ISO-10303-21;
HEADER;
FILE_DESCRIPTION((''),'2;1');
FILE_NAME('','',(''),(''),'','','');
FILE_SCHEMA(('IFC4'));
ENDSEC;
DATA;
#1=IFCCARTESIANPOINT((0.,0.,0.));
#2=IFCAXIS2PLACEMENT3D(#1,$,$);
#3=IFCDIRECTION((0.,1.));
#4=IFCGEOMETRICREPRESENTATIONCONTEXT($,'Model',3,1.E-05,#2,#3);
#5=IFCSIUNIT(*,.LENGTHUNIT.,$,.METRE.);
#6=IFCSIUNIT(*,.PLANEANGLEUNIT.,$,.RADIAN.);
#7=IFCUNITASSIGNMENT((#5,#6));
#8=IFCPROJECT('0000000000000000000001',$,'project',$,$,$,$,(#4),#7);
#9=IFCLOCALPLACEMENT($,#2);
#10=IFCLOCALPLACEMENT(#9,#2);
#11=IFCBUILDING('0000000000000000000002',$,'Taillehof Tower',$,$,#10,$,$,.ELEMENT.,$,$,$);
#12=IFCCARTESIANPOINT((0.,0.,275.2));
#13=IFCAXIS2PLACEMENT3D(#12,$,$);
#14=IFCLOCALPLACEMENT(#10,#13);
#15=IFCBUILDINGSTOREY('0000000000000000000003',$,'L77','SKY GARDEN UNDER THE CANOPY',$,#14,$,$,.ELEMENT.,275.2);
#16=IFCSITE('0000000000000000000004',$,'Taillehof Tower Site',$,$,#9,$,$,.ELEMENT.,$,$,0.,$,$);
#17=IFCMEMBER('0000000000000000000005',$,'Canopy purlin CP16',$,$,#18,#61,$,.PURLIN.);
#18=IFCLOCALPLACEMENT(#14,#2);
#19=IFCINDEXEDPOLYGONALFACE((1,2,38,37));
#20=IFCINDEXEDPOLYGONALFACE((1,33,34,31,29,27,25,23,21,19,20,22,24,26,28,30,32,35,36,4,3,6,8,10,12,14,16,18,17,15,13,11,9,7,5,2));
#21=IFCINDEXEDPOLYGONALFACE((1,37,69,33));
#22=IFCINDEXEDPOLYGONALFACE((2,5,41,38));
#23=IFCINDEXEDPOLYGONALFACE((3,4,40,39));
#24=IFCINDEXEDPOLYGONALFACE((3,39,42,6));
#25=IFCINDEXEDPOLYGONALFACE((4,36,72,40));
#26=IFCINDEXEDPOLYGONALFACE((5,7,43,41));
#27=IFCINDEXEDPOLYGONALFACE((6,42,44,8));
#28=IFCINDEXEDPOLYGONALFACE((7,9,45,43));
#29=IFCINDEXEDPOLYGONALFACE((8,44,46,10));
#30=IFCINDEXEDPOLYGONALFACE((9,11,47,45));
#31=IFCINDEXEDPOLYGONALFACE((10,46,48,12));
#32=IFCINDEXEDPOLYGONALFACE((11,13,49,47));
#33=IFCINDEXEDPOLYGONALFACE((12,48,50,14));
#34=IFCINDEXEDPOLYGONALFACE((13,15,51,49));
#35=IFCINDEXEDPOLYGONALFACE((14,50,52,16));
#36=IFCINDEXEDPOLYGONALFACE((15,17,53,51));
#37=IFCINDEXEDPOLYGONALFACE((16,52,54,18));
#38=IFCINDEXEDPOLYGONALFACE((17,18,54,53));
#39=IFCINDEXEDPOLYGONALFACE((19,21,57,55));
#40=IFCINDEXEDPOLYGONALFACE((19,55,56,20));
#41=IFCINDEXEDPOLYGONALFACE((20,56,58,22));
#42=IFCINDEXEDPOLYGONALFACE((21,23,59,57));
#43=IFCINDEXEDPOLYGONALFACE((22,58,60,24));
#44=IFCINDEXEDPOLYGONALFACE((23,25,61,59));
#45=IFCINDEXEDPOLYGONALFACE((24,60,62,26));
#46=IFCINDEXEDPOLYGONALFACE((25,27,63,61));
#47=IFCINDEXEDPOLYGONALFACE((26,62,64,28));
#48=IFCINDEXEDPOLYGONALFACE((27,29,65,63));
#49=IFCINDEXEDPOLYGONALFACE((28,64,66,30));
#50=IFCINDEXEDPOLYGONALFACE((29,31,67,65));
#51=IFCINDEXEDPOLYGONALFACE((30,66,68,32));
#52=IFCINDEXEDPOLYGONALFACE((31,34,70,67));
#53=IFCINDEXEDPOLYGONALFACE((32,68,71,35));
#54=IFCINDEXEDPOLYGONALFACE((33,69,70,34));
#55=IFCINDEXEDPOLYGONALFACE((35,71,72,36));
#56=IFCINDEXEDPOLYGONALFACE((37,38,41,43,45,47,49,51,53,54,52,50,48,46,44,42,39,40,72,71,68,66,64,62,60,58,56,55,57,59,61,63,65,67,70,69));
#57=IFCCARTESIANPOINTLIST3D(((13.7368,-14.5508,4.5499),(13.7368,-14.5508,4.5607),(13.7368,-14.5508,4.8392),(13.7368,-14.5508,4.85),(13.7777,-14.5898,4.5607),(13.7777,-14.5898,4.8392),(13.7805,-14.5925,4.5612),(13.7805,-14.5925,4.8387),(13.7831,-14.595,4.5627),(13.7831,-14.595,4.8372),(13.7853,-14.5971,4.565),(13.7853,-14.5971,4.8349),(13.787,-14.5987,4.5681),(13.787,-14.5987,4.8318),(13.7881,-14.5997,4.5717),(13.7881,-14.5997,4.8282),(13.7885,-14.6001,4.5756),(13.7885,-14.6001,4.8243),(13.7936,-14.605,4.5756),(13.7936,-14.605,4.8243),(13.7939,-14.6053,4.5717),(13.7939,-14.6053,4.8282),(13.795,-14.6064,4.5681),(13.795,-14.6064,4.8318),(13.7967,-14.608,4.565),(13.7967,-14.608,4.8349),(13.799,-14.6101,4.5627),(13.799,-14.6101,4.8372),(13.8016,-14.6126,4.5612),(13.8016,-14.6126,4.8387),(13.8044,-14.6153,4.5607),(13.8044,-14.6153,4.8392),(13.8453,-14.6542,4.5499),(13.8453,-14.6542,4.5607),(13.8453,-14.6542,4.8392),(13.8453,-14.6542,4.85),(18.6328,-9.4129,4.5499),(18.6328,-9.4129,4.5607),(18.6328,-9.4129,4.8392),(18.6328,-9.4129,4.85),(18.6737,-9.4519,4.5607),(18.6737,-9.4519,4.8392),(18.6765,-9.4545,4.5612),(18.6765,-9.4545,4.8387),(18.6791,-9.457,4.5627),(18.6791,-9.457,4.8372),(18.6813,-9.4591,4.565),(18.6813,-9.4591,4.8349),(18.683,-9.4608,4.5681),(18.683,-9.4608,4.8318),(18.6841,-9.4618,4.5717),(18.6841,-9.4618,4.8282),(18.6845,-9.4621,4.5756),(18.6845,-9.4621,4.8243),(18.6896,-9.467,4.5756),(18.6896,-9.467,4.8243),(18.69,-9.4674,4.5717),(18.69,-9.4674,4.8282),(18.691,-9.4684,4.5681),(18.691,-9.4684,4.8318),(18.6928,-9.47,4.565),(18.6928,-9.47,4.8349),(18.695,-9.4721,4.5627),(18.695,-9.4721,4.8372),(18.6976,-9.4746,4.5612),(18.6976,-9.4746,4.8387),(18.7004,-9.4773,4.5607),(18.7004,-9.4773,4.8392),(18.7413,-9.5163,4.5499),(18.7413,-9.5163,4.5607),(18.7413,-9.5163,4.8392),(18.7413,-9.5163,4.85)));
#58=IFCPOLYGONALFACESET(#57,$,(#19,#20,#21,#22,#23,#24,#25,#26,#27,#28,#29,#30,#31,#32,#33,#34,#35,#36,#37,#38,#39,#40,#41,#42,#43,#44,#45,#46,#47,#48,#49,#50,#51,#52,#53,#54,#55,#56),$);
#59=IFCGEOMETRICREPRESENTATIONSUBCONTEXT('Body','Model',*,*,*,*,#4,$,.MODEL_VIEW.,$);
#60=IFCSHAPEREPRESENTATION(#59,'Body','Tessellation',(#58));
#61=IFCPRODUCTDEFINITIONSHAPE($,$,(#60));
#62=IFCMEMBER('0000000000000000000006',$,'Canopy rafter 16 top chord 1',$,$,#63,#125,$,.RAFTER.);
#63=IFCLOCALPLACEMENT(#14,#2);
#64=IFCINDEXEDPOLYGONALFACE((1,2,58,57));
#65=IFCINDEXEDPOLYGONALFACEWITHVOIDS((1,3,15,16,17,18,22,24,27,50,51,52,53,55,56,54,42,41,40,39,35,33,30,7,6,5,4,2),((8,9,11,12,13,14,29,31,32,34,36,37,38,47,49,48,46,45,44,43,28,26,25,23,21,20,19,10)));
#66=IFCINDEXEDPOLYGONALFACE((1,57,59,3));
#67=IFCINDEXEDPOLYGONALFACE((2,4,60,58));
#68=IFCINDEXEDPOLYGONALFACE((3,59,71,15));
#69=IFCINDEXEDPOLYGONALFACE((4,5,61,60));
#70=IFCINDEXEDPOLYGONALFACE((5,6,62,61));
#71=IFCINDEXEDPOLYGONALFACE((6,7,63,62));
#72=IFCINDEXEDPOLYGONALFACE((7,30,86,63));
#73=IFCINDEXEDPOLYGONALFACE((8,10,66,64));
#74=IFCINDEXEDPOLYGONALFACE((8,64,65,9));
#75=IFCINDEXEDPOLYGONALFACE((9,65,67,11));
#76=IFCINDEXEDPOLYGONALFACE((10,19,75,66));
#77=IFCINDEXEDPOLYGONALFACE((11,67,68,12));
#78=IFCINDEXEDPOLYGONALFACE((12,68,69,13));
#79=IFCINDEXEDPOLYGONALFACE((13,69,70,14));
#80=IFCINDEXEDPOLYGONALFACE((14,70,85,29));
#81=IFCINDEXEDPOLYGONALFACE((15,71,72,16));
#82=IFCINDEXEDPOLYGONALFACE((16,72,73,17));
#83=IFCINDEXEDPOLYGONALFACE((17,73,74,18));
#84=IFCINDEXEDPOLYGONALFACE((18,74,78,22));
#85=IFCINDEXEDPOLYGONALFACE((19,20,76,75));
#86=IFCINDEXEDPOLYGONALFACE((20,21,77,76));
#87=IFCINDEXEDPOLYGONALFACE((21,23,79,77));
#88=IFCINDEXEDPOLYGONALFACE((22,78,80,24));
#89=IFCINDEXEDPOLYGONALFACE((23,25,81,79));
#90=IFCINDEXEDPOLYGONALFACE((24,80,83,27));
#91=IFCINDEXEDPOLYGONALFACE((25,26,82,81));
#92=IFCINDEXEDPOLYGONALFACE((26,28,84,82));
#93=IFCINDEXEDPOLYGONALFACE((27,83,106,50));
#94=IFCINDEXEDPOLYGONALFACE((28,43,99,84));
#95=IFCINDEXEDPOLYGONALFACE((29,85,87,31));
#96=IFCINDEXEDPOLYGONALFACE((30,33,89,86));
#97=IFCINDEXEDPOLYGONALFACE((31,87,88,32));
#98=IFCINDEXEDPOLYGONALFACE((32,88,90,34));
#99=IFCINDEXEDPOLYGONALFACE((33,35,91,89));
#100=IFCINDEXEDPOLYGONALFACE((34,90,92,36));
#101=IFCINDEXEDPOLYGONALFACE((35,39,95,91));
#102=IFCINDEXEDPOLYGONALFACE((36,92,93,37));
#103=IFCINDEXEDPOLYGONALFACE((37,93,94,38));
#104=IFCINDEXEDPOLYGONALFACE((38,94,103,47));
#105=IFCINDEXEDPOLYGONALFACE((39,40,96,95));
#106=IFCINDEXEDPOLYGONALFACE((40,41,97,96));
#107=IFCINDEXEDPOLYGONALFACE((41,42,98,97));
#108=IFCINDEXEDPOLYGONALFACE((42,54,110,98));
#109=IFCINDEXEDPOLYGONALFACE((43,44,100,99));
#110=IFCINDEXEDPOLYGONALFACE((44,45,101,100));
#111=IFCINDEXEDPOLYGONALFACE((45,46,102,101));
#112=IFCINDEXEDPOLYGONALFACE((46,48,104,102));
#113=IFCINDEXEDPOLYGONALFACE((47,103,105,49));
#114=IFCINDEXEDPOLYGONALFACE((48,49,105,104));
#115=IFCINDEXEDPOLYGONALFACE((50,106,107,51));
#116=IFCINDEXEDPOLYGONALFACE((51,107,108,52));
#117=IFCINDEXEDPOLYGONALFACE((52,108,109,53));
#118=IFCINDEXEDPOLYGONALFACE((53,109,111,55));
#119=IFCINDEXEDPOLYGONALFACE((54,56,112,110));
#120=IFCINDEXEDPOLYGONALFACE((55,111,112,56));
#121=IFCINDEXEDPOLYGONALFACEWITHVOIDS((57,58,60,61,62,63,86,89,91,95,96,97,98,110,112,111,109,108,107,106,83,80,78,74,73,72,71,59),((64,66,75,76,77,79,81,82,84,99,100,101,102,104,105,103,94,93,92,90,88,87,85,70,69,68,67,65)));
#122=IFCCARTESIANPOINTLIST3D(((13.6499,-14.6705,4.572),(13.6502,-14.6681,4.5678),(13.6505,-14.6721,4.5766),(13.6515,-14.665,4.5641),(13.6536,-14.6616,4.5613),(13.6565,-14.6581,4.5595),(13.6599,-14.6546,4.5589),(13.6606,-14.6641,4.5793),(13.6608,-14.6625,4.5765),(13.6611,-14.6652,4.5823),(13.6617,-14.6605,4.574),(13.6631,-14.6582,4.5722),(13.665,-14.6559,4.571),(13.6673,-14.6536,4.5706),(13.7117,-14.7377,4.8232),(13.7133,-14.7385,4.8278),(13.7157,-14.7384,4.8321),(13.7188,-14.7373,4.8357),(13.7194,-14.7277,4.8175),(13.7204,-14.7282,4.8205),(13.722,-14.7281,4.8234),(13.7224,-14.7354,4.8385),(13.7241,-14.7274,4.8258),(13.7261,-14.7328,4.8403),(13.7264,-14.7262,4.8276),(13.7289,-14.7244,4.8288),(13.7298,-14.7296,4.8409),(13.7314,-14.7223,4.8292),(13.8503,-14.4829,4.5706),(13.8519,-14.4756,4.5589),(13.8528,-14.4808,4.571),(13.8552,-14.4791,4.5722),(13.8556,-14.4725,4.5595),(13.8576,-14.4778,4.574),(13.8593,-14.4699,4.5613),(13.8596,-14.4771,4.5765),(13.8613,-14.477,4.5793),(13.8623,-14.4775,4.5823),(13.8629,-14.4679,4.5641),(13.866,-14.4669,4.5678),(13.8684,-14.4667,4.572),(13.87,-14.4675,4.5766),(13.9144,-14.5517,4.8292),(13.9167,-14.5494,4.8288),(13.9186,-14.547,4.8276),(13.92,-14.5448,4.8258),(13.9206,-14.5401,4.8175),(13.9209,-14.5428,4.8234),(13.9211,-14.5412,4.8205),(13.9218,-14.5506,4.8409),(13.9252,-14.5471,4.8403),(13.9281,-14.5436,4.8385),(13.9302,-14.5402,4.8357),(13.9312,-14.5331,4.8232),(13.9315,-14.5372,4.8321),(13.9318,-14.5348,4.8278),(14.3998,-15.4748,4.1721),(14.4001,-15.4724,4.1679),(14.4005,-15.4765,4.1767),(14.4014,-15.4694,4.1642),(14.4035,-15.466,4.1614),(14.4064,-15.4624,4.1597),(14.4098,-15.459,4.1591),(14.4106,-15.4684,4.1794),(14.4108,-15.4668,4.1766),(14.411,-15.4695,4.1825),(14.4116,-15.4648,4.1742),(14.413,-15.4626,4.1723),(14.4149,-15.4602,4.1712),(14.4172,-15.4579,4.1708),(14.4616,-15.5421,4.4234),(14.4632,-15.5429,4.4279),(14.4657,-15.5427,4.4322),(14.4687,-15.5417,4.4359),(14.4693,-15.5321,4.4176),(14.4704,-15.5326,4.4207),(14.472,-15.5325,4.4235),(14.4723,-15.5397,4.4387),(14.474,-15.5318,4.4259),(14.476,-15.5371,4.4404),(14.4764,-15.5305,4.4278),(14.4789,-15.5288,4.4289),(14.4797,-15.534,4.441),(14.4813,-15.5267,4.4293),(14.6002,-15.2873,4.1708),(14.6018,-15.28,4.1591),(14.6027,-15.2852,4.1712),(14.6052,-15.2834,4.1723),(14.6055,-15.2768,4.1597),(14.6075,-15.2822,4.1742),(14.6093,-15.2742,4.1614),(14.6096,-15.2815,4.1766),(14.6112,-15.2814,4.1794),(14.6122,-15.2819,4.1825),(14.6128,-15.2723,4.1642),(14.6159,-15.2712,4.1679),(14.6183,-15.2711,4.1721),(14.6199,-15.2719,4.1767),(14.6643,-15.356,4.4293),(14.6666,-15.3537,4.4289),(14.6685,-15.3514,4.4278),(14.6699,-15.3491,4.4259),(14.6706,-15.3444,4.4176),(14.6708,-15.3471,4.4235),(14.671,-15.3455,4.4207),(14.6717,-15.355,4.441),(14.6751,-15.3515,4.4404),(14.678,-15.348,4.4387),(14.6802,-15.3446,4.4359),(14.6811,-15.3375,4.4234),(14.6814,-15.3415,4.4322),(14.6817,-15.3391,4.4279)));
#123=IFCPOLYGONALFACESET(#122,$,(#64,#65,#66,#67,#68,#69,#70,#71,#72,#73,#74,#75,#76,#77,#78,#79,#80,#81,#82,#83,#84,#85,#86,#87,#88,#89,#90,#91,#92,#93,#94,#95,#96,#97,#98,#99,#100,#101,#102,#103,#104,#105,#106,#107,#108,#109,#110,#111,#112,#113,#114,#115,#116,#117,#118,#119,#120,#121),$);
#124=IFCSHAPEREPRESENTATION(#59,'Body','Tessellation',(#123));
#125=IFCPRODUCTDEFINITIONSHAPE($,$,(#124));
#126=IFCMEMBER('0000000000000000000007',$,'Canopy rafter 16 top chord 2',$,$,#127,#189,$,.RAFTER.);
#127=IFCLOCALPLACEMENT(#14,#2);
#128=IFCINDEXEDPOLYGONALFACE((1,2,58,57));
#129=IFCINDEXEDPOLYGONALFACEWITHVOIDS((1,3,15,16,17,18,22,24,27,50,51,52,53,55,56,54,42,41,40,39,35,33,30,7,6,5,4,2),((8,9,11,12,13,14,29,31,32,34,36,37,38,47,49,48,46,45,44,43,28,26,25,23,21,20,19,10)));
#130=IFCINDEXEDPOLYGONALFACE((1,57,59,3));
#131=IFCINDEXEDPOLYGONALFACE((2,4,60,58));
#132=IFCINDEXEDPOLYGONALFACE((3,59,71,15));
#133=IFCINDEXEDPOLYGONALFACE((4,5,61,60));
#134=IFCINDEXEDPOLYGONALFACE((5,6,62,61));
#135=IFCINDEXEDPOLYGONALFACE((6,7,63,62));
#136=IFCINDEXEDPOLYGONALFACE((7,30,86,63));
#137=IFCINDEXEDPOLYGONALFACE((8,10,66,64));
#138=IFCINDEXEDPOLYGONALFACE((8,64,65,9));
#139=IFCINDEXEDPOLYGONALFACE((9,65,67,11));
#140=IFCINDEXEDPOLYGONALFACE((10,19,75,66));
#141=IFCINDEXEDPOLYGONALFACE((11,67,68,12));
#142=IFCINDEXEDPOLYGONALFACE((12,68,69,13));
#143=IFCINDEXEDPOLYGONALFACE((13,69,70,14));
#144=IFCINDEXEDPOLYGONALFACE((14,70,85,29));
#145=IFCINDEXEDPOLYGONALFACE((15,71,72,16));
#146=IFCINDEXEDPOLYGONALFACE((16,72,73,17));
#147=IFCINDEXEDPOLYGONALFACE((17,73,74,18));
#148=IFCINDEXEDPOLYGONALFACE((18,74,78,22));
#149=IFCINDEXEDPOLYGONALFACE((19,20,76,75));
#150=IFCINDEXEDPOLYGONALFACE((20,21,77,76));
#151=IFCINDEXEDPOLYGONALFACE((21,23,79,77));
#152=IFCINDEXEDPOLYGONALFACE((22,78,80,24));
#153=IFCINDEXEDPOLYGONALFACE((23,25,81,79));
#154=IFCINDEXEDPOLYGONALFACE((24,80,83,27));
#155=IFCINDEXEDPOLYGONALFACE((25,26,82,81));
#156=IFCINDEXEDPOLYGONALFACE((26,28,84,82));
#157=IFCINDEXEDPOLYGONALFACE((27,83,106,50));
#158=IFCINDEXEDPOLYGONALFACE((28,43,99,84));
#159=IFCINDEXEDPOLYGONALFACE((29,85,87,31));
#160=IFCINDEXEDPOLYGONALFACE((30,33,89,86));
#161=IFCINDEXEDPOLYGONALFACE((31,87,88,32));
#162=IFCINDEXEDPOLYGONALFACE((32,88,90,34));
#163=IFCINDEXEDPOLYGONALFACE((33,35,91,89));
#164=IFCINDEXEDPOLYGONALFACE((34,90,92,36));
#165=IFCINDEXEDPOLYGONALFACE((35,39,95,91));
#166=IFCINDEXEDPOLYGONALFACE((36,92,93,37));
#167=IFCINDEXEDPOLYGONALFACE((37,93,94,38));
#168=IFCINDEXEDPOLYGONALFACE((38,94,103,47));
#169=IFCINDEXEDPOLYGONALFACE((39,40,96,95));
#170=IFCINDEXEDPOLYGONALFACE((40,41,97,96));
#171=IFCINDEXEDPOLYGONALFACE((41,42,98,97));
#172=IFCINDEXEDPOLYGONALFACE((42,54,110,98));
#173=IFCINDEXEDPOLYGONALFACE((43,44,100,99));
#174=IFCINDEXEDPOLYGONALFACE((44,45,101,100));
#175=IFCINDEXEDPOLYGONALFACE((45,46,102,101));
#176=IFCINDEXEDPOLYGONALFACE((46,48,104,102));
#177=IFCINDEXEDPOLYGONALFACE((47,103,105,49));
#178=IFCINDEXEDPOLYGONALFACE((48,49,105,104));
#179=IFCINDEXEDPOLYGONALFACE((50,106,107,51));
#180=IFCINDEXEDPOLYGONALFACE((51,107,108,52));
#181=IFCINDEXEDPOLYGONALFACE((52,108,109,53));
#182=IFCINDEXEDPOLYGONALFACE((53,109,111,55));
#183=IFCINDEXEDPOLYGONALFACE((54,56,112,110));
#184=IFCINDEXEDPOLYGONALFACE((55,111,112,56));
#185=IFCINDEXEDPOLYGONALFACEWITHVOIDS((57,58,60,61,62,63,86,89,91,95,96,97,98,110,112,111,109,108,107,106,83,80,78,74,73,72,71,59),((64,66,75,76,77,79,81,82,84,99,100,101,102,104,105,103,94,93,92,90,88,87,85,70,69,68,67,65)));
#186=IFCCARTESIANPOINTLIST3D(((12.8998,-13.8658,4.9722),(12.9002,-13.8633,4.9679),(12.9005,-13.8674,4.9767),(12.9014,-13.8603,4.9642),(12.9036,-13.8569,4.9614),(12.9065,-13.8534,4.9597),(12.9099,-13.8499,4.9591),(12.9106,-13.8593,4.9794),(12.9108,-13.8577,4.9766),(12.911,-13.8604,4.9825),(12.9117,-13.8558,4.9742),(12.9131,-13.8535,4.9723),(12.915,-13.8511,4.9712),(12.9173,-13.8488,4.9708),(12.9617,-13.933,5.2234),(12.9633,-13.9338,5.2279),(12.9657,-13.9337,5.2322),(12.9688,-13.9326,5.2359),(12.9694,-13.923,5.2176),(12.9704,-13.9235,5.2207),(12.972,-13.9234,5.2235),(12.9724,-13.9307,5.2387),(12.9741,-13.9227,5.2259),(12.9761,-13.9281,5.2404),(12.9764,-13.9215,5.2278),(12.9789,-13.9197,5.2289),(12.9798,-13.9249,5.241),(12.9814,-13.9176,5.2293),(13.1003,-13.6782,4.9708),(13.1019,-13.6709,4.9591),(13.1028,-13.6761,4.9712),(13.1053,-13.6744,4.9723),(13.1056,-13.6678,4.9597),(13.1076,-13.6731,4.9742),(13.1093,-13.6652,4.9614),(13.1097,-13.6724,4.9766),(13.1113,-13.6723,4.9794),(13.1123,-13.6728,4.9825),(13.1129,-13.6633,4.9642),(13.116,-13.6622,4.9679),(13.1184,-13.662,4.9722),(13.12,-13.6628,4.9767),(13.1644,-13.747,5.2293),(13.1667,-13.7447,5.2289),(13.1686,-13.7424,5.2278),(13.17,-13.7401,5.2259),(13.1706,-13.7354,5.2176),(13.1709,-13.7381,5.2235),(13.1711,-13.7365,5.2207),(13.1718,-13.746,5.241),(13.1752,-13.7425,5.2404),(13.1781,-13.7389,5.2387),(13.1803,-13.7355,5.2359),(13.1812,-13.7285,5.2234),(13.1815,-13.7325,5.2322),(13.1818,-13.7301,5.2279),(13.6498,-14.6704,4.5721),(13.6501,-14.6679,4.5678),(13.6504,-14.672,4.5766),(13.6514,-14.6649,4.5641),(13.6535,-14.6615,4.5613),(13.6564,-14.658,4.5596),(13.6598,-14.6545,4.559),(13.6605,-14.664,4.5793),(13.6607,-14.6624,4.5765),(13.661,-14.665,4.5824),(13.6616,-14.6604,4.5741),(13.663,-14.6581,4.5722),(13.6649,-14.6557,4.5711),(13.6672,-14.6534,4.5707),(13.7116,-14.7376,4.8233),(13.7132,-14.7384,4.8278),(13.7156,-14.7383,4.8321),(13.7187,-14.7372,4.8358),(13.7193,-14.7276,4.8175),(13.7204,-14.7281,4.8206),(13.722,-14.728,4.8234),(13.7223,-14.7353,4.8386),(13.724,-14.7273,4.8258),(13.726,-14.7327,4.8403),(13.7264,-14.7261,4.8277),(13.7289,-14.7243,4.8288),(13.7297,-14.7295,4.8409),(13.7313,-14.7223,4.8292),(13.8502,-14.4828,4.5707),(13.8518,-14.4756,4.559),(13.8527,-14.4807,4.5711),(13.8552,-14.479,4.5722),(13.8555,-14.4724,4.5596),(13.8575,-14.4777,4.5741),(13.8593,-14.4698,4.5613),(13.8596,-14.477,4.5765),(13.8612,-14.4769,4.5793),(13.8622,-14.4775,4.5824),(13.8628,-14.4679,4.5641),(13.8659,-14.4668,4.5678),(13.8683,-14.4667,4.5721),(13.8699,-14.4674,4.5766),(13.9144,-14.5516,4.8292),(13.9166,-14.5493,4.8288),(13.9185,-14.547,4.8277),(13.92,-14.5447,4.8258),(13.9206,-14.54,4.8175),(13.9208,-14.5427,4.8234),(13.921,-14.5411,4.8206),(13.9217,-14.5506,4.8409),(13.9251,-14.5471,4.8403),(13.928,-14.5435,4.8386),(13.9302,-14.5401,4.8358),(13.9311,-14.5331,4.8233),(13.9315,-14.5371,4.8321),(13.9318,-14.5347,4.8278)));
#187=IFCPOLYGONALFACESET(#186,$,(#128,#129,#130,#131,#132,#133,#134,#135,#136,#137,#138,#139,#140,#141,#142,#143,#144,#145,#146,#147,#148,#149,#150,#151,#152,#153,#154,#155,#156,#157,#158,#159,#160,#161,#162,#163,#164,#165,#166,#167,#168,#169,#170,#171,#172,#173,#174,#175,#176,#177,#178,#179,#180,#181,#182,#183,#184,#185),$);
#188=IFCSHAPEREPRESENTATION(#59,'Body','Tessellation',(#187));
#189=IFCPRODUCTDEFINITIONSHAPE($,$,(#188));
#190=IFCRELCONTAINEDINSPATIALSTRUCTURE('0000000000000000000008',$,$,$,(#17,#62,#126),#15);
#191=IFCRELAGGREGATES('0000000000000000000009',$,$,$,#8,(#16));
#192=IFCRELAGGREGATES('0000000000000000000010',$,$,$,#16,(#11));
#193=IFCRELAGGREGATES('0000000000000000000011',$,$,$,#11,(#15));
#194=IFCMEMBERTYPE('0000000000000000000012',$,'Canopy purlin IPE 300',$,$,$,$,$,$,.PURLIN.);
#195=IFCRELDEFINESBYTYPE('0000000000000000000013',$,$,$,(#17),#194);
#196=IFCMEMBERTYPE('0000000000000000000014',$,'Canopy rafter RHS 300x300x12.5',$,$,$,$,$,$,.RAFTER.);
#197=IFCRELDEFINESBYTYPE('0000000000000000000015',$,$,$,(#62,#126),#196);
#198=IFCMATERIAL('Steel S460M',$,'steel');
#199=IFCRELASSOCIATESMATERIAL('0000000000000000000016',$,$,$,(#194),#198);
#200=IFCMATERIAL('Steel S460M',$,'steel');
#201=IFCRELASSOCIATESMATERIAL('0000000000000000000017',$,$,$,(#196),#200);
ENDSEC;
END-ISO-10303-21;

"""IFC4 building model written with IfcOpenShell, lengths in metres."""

from ifc_helpers import new_model, si_unit, direction, frame, origin, origin_2d, place, context, subcontext, project, spatial, hollow_rectangle, i_section, extrude, material, material_profile, profile_set, type_object, element, save


model = new_model("IFC4")

# Units and contexts
model_context = context("Model", 3, precision=1e-05, world=origin(), true_north=direction((0.0, 1.0)))
body_context = subcontext(model_context, "Body", "Model", "MODEL_VIEW")
ifc_project = project(units=[si_unit("LENGTHUNIT", "METRE"), si_unit("PLANEANGLEUNIT", "RADIAN")], contexts=[model_context])

# Site, building, storey
site_placement = place(None, origin())
site = spatial("IfcSite", under=ifc_project, at=site_placement, Name="Taillehof Tower Site", CompositionType="ELEMENT", RefElevation=0.0)
building_placement = place(site_placement, origin())
building = spatial("IfcBuilding", under=site, at=building_placement, Name="Taillehof Tower", CompositionType="ELEMENT")
storey_placement = place(building_placement, frame((0.0, 0.0, 275.2)))
storey = spatial("IfcBuildingStorey", under=building, at=storey_placement, Name="L77", Description="SKY GARDEN UNDER THE CANOPY", CompositionType="ELEMENT", Elevation=275.2)

# Members
ifc_material_1 = material(Name="Steel S460M", Category="steel")
ifc_material_profile_1 = material_profile(ifc_material_1, i_section(OverallWidth=0.1499, OverallDepth=0.3, WebThickness=0.0071, FlangeThickness=0.0107, FilletRadius=0.0149, at=origin_2d()), Name="IPE 300")
ifc_profile_set_1 = profile_set([ifc_material_profile_1], Name="Steel S460M")
member_type_1 = type_object("IfcMemberType", Name="Canopy purlin IPE 300", PredefinedType="PURLIN", material=ifc_profile_set_1)
member_1_placement = place(storey_placement, frame((13.791, -14.6025, 4.7), z_axis=(0.689856, 0.723946, 0.0), x_axis=(-0.723946, 0.689856, 0.0)))
element("IfcMember", 1, at=member_1_placement, inside=storey, type_object=member_type_1, Name="Canopy purlin CP16", PredefinedType="PURLIN", context=body_context, shape_type="SweptSolid", body=[
    extrude(i_section(OverallWidth=0.1499, OverallDepth=0.3, WebThickness=0.0071, FlangeThickness=0.0107, FilletRadius=0.0149, at=origin_2d()), origin(), (0.0, 0.0, 1.0), 7.0972),
])
ifc_material_2 = material(Name="Steel S460M", Category="steel")
ifc_material_profile_2 = material_profile(ifc_material_2, hollow_rectangle(XDim=0.3, YDim=0.3, WallThickness=0.0125, InnerFilletRadius=0.0125, OuterFilletRadius=0.0188, at=origin_2d()), Name="RHS 300x300x12.5")
ifc_profile_set_2 = profile_set([ifc_material_profile_2], Name="Steel S460M")
member_type_2 = type_object("IfcMemberType", Name="Canopy rafter RHS 300x300x12.5", PredefinedType="RAFTER", material=ifc_profile_set_2)
member_2_placement = place(storey_placement, frame((14.5408, -15.407, 4.3), z_axis=(-0.640873, 0.687395, 0.341716), x_axis=(-0.731424, -0.681923, 0.0)))
element("IfcMember", 2, at=member_2_placement, inside=storey, type_object=member_type_2, Name="Canopy rafter 16 top chord 1", PredefinedType="RAFTER", context=body_context, shape_type="SweptSolid", body=[
    extrude(hollow_rectangle(XDim=0.3, YDim=0.3, WallThickness=0.0125, InnerFilletRadius=0.0125, OuterFilletRadius=0.0188, at=origin_2d()), origin(), (0.0, 0.0, 1.0), 1.1702),
])
member_3_placement = place(storey_placement, frame((13.7908, -14.6025, 4.7), z_axis=(-0.640736, 0.687456, 0.341851), x_axis=(-0.731527, -0.681812, 0.0)))
element("IfcMember", 3, at=member_3_placement, inside=storey, type_object=member_type_2, Name="Canopy rafter 16 top chord 2", PredefinedType="RAFTER", context=body_context, shape_type="SweptSolid", body=[
    extrude(hollow_rectangle(XDim=0.3, YDim=0.3, WallThickness=0.0125, InnerFilletRadius=0.0125, OuterFilletRadius=0.0188, at=origin_2d()), origin(), (0.0, 0.0, 1.0), 1.1704),
])

save(model, "model.ifc")
